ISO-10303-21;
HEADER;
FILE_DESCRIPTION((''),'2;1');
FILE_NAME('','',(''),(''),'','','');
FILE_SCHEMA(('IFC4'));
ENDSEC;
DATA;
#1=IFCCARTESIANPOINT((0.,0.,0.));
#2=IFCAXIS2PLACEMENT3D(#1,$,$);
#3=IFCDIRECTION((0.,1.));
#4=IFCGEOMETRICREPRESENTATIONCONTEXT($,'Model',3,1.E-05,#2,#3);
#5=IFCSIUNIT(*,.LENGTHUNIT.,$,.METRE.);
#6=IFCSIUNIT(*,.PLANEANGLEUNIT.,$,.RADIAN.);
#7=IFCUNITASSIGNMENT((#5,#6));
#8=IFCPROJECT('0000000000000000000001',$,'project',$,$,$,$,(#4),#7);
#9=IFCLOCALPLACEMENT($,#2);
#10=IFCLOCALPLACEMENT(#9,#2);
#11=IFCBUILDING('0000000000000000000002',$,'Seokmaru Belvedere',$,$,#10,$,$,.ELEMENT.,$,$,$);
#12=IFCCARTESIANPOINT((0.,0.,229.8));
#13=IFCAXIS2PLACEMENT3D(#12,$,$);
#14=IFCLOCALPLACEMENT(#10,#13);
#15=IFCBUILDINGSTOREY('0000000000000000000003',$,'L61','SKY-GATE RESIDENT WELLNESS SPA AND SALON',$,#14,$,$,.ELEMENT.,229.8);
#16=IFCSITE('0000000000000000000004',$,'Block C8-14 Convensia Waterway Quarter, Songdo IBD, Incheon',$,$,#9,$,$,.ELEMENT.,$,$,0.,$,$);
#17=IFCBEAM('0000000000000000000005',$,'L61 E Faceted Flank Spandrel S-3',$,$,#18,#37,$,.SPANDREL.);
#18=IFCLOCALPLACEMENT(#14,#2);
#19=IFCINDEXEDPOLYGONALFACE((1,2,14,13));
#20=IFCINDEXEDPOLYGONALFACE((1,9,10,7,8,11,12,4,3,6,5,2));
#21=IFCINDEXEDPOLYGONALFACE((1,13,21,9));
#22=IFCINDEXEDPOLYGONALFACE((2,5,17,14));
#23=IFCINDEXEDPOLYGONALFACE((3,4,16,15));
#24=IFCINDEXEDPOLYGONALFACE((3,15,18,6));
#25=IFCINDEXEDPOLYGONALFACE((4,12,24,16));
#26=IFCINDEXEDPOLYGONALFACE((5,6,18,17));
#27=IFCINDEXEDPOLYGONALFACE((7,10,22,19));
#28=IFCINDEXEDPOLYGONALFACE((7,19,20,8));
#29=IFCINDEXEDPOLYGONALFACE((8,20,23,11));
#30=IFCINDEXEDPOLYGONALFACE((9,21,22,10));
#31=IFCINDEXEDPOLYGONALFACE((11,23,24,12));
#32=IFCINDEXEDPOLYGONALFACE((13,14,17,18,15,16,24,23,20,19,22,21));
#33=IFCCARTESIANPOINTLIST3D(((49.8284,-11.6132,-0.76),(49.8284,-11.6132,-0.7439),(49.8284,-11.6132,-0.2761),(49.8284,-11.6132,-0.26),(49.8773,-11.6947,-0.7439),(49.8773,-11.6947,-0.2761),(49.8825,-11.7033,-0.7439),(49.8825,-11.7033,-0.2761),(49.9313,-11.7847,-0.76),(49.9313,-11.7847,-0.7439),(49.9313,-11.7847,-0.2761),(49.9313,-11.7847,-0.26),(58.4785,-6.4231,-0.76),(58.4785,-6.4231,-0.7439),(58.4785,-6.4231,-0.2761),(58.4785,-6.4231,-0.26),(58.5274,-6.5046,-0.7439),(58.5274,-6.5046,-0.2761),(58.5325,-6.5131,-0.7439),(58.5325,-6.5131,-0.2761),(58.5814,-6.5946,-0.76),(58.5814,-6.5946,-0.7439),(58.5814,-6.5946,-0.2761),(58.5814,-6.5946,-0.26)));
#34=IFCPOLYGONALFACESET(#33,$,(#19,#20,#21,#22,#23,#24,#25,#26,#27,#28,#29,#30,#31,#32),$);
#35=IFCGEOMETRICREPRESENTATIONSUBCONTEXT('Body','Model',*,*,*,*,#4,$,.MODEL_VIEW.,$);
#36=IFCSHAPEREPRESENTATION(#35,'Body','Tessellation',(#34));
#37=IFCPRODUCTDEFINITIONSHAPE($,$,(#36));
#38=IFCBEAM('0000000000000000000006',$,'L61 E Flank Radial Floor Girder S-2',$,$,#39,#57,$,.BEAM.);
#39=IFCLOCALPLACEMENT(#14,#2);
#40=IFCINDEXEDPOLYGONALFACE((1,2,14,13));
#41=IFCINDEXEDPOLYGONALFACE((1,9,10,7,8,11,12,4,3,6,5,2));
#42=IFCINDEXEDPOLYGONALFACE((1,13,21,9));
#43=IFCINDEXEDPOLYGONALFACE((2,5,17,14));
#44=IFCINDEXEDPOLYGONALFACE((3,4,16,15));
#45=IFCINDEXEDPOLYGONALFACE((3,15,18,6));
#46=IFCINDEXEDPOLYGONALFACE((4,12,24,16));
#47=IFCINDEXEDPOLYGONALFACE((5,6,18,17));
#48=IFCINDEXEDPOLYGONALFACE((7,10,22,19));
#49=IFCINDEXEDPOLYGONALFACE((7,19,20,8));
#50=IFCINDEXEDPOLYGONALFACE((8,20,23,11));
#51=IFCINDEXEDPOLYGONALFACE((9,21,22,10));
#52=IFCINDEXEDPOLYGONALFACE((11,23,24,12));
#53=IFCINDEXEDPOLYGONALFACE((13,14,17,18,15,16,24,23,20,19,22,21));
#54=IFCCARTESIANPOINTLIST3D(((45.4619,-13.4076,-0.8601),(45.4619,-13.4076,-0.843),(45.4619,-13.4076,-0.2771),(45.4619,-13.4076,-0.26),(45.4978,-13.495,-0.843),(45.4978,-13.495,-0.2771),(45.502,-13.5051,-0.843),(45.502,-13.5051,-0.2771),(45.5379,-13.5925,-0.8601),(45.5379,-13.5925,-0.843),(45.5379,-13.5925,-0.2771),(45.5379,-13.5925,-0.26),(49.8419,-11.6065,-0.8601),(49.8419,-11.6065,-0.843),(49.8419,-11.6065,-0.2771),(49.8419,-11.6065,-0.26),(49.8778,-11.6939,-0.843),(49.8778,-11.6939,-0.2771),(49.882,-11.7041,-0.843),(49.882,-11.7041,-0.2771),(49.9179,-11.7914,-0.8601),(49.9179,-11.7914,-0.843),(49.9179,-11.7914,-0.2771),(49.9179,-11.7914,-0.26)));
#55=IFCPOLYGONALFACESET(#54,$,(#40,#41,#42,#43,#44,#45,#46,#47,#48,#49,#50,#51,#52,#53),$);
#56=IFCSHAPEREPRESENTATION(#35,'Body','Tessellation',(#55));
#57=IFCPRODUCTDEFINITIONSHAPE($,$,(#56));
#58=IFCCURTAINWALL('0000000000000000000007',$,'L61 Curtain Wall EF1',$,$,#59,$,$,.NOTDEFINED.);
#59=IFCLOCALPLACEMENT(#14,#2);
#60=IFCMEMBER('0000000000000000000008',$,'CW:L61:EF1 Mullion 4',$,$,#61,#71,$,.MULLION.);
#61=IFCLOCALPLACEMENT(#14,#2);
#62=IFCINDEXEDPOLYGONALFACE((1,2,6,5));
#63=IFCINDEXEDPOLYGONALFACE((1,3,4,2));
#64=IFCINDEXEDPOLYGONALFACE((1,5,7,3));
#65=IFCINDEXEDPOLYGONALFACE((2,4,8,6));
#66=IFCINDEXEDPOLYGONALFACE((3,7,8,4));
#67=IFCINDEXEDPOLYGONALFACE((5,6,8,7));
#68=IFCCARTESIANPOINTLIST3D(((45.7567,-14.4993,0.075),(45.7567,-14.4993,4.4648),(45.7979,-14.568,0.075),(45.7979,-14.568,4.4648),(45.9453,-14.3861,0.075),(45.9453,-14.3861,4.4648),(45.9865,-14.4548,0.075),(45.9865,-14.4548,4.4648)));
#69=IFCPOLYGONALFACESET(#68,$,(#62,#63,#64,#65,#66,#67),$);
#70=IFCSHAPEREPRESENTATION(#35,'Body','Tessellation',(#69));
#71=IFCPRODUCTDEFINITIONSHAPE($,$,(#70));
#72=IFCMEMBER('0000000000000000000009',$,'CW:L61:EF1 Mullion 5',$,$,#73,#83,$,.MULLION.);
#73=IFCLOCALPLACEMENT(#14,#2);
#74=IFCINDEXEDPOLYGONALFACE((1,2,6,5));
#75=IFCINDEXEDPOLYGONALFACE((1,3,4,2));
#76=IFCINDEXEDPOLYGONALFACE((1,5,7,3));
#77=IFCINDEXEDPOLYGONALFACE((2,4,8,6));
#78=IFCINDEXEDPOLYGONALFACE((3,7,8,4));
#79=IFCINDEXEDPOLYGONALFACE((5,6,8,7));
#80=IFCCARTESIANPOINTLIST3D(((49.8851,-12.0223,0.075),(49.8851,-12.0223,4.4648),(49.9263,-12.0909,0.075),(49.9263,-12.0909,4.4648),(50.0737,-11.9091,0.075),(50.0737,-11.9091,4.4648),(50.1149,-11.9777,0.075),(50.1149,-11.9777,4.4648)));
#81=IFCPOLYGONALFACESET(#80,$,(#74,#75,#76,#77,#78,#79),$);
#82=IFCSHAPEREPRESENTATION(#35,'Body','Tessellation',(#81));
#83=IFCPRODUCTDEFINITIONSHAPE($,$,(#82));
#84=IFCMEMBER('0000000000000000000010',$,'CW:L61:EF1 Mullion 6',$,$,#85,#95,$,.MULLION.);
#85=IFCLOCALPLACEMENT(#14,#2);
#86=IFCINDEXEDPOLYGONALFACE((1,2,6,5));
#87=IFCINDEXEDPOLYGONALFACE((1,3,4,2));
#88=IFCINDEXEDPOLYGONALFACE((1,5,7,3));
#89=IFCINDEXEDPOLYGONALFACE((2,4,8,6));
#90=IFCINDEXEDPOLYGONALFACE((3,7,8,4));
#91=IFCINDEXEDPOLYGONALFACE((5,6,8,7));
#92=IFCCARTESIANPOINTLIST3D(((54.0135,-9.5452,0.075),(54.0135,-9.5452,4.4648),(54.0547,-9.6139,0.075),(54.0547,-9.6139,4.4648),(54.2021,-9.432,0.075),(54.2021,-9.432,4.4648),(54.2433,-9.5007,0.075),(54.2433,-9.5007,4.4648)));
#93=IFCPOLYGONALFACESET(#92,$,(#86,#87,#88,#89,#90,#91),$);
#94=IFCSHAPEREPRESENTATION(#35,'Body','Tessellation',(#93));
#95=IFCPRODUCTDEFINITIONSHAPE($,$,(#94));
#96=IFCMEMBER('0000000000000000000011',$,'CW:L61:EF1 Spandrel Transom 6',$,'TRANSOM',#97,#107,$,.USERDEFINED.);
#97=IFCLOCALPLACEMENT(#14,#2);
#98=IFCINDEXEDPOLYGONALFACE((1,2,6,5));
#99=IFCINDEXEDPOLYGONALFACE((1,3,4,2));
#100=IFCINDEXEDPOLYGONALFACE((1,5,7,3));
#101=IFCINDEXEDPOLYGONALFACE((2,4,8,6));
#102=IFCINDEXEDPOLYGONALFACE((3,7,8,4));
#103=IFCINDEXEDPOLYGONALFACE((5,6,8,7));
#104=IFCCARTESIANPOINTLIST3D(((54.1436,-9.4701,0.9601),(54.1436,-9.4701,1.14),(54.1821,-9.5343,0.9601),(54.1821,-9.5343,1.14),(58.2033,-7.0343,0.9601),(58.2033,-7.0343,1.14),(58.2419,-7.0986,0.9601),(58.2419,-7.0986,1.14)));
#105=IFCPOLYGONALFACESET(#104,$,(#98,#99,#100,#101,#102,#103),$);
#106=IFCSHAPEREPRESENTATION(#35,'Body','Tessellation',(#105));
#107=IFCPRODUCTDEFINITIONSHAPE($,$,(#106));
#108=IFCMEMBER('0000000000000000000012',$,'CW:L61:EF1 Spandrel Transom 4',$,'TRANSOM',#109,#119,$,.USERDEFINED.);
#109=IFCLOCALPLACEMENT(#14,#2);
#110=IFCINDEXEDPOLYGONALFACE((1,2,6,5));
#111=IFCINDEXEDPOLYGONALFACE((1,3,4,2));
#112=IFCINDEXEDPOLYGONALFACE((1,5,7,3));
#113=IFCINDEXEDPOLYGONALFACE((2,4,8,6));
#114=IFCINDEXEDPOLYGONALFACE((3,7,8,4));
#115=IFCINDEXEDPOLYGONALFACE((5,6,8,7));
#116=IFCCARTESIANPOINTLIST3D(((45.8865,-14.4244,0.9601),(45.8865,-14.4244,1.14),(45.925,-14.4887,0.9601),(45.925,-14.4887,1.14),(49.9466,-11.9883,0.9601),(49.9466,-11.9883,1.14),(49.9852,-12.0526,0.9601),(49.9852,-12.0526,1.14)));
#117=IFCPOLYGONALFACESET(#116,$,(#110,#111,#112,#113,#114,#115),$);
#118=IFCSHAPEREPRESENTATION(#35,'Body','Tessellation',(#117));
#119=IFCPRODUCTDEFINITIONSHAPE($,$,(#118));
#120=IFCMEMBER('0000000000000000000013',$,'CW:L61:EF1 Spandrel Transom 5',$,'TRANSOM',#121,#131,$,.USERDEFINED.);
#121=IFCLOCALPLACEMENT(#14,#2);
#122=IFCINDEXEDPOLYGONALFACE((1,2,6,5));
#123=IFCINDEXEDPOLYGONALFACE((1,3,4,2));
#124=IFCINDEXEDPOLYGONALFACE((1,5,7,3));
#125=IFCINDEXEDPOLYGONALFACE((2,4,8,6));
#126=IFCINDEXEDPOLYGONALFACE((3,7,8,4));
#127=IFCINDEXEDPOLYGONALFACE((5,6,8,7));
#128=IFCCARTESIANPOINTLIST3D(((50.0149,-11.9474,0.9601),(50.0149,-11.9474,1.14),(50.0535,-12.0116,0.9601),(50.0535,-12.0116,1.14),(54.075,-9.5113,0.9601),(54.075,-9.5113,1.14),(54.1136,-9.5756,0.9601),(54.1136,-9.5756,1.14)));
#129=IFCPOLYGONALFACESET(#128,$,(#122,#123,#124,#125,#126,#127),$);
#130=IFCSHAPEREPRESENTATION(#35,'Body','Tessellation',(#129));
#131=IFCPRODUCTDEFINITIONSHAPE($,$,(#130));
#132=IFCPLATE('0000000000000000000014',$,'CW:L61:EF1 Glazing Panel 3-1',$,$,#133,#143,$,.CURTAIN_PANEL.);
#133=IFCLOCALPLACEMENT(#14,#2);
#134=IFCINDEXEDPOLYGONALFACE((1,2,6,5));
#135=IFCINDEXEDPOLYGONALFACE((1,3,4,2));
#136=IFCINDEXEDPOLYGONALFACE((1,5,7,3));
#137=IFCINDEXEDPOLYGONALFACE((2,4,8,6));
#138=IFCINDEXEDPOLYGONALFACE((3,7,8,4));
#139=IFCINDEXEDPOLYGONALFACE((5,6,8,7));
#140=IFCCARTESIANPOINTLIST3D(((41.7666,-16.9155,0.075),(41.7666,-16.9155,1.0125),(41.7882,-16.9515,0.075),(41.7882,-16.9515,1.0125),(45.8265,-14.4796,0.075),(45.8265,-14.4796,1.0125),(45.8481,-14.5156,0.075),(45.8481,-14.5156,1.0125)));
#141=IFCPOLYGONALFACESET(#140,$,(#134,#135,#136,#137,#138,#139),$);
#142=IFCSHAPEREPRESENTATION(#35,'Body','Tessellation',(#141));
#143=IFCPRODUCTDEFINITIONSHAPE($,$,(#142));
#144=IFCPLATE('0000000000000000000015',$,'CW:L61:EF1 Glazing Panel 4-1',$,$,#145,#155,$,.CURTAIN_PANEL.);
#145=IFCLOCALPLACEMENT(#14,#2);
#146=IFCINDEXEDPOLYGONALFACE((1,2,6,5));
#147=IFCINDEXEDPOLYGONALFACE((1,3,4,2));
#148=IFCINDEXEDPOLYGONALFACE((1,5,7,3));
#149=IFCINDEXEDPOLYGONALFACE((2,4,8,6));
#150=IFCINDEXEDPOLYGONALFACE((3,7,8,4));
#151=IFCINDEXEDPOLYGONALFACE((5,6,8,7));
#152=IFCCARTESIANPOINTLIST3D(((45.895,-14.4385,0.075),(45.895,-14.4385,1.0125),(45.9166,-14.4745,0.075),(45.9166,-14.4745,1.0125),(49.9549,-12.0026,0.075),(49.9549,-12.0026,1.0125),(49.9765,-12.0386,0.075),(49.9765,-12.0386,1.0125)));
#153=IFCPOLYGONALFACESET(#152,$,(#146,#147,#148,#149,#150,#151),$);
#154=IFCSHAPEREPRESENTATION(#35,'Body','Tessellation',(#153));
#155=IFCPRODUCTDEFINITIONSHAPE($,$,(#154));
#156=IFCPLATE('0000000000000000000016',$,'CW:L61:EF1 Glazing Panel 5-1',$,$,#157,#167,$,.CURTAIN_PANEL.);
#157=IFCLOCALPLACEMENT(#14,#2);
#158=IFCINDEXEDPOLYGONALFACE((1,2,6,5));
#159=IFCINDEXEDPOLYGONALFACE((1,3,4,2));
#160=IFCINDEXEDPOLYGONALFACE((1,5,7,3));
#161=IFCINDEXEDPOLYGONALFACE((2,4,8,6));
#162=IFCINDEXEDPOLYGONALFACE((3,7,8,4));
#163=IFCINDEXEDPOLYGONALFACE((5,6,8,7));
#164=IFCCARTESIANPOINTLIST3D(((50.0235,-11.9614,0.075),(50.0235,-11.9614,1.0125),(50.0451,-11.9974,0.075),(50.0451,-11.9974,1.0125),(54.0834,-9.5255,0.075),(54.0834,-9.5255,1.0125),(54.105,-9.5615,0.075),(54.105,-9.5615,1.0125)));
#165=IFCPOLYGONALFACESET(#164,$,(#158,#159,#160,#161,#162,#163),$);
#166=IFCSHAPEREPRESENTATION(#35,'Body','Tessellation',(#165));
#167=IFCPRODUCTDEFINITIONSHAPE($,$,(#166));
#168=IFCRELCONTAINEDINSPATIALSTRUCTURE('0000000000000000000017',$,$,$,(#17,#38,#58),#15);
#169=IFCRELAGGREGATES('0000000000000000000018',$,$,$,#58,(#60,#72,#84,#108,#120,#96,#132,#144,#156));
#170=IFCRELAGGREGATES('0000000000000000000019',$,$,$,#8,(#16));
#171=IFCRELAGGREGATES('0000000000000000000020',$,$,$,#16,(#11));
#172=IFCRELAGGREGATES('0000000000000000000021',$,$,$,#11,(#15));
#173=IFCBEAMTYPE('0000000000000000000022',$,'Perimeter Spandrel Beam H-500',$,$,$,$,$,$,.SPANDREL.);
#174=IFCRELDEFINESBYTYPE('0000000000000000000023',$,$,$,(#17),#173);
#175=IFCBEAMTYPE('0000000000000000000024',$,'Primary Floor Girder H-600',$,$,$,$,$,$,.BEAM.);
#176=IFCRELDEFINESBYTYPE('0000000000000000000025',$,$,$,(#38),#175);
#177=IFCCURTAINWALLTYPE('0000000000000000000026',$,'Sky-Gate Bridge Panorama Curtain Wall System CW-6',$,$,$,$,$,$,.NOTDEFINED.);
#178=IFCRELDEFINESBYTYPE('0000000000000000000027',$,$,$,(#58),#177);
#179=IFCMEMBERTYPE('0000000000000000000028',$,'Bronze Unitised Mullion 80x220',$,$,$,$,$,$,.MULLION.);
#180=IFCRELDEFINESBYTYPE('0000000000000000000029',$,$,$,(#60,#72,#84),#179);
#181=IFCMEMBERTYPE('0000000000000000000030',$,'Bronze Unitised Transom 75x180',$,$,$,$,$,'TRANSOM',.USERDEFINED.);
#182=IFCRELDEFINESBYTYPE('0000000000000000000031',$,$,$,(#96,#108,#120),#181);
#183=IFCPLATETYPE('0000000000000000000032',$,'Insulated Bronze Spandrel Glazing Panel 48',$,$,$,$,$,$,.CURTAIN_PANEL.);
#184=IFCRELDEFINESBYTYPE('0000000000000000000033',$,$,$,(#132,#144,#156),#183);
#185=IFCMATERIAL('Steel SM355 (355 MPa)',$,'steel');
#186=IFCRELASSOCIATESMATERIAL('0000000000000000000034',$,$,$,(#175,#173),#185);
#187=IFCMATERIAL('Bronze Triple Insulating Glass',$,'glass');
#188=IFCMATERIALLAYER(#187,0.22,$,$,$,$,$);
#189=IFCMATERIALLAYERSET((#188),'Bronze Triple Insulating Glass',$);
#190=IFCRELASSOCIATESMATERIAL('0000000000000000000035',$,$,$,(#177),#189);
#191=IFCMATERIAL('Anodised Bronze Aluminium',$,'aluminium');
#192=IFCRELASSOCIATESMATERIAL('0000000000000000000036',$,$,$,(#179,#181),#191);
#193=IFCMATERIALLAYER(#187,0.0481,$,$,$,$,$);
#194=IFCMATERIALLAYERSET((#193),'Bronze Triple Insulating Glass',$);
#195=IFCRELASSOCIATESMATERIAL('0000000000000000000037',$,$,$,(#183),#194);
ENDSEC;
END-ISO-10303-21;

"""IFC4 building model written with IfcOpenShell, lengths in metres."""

from ifc_helpers import new_model, si_unit, direction, frame, origin, origin_2d, place, context, subcontext, project, spatial, rectangle, i_section, extrude, source, transform, mapped, material, layer, layer_set, material_profile, profile_set, type_object, type_shapes, element, aggregate, save


model = new_model("IFC4")

# Units and contexts
model_context = context("Model", 3, precision=1e-05, world=origin(), true_north=direction((0.0, 1.0)))
body_context = subcontext(model_context, "Body", "Model", "MODEL_VIEW")
ifc_project = project(units=[si_unit("LENGTHUNIT", "METRE"), si_unit("PLANEANGLEUNIT", "RADIAN")], contexts=[model_context])

# Site, building, storey
site_placement = place(None, origin())
site = spatial("IfcSite", under=ifc_project, at=site_placement, Name="Block C8-14 Convensia Waterway Quarter, Songdo IBD, Incheon", CompositionType="ELEMENT", RefElevation=0.0)
building_placement = place(site_placement, origin())
building = spatial("IfcBuilding", under=site, at=building_placement, Name="Seokmaru Belvedere", CompositionType="ELEMENT")
storey_placement = place(building_placement, frame((0.0, 0.0, 229.8)))
storey = spatial("IfcBuildingStorey", under=building, at=storey_placement, Name="L61", Description="SKY-GATE RESIDENT WELLNESS SPA AND SALON", CompositionType="ELEMENT", Elevation=229.8)

# Shared definitions
ifc_material_1 = material(Name="Steel SM355 (355 MPa)", Category="steel")

# Beams
ifc_material_profile_1 = material_profile(ifc_material_1, i_section(OverallWidth=0.2, OverallDepth=0.6001, WebThickness=0.011, FlangeThickness=0.0171, at=origin_2d()), Name="H-600x200x11x17")
ifc_profile_set_1 = profile_set([ifc_material_profile_1], Name="Steel SM355 (355 MPa)")
beam_type_1 = type_object("IfcBeamType", Name="Primary Floor Girder H-600", PredefinedType="BEAM", material=ifc_profile_set_1)
ifc_material_profile_2 = material_profile(ifc_material_1, i_section(OverallWidth=0.2, OverallDepth=0.5, WebThickness=0.01, FlangeThickness=0.0161, at=origin_2d()), Name="H-500x200x10x16")
ifc_profile_set_2 = profile_set([ifc_material_profile_2], Name="Steel SM355 (355 MPa)")
beam_type_2 = type_object("IfcBeamType", Name="Perimeter Spandrel Beam H-500", PredefinedType="SPANDREL", material=ifc_profile_set_2)
shared_shape_1 = source(origin(), body_context, "Body", "SweptSolid", [
    extrude(i_section(OverallWidth=0.2, OverallDepth=0.5, WebThickness=0.01, FlangeThickness=0.0161, at=origin_2d()), origin(), (0.0, 0.0, 1.0), 10.0876),
])
type_shapes(beam_type_2, [shared_shape_1])
beam_1_placement = place(storey_placement, frame((49.8799, -11.699, -0.51), z_axis=(0.857489, 0.514503, 0.0), x_axis=(-0.514503, 0.857489, 0.0)))
element("IfcBeam", 1, at=beam_1_placement, inside=storey, type_object=beam_type_2, Name="L61 E Faceted Flank Spandrel S-3", PredefinedType="SPANDREL", context=body_context, shape_type="MappedRepresentation", body=[
    mapped(shared_shape_1, transform((0.0, 0.0, 0.0), scale=1.0)),
])
shared_shape_2 = source(origin(), body_context, "Body", "SweptSolid", [
    extrude(i_section(OverallWidth=0.2, OverallDepth=0.6001, WebThickness=0.011, FlangeThickness=0.0171, at=origin_2d()), origin(), (0.0, 0.0, 1.0), 4.7358),
])
beam_2_placement = place(storey_placement, frame((49.8799, -11.699, -0.5601), z_axis=(-0.924861, -0.380306, 0.0), x_axis=(0.380306, -0.924861, 0.0)))
element("IfcBeam", 2, at=beam_2_placement, inside=storey, type_object=beam_type_1, Name="L61 E Flank Radial Floor Girder S-2", PredefinedType="BEAM", context=body_context, shape_type="MappedRepresentation", body=[
    mapped(shared_shape_2, transform((0.0, 0.0, 0.0), scale=1.0)),
])

# Curtain wall, members, plates
ifc_material_2 = material(Name="Bronze Triple Insulating Glass", Category="glass")
ifc_layer_1 = layer(ifc_material_2, 0.22)
ifc_layer_set_1 = layer_set([ifc_layer_1], Name="Bronze Triple Insulating Glass")
curtain_wall_type = type_object("IfcCurtainWallType", Name="Sky-Gate Bridge Panorama Curtain Wall System CW-6", PredefinedType="NOTDEFINED", material=ifc_layer_set_1)
curtain_wall_placement = place(storey_placement, origin())
curtain_wall = element("IfcCurtainWall", 3, at=curtain_wall_placement, inside=storey, type_object=curtain_wall_type, Name="L61 Curtain Wall EF1", PredefinedType="NOTDEFINED")
ifc_material_3 = material(Name="Anodised Bronze Aluminium", Category="aluminium")
ifc_material_profile_3 = material_profile(ifc_material_3, rectangle(XDim=0.0801, YDim=0.22, at=origin_2d()), Name="CW-M-80x220")
ifc_profile_set_3 = profile_set([ifc_material_profile_3], Name="Anodised Bronze Aluminium")
member_type_1 = type_object("IfcMemberType", Name="Bronze Unitised Mullion 80x220", PredefinedType="MULLION", material=ifc_profile_set_3)
shared_shape_3 = source(origin(), body_context, "Body", "SweptSolid", [
    extrude(rectangle(XDim=0.0801, YDim=0.22, at=origin_2d()), origin(), (0.0, 0.0, 1.0), 4.3899),
])
type_shapes(member_type_1, [shared_shape_3])
member_1_placement = place(storey_placement, frame((45.8716, -14.4771, 0.075), z_axis=(0.0, 0.0, 1.0), x_axis=(-0.514495, 0.857493, 0.0)))
member_1 = element("IfcMember", 4, at=member_1_placement, type_object=member_type_1, Name="CW:L61:EF1 Mullion 4", PredefinedType="MULLION", context=body_context, shape_type="MappedRepresentation", body=[
    mapped(shared_shape_3, transform((0.0, 0.0, 0.0), scale=1.0)),
])
member_2_placement = place(storey_placement, frame((50.0, -12.0, 0.075), z_axis=(0.0, 0.0, 1.0), x_axis=(-0.514495, 0.857493, 0.0)))
member_2 = element("IfcMember", 5, at=member_2_placement, type_object=member_type_1, Name="CW:L61:EF1 Mullion 5", PredefinedType="MULLION", context=body_context, shape_type="MappedRepresentation", body=[
    mapped(shared_shape_3, transform((0.0, 0.0, 0.0), scale=1.0)),
])
member_3_placement = place(storey_placement, frame((54.1284, -9.5229, 0.075), z_axis=(0.0, 0.0, 1.0), x_axis=(-0.514495, 0.857493, 0.0)))
member_3 = element("IfcMember", 6, at=member_3_placement, type_object=member_type_1, Name="CW:L61:EF1 Mullion 6", PredefinedType="MULLION", context=body_context, shape_type="MappedRepresentation", body=[
    mapped(shared_shape_3, transform((0.0, 0.0, 0.0), scale=1.0)),
])
ifc_material_profile_4 = material_profile(ifc_material_3, rectangle(XDim=0.075, YDim=0.1799, at=origin_2d()), Name="CW-T-75x180")
ifc_profile_set_4 = profile_set([ifc_material_profile_4], Name="Anodised Bronze Aluminium")
member_type_2 = type_object("IfcMemberType", Name="Bronze Unitised Transom 75x180", ElementType="TRANSOM", PredefinedType="USERDEFINED", material=ifc_profile_set_4)
shared_shape_4 = source(origin(), body_context, "Body", "SweptSolid", [
    extrude(rectangle(XDim=0.075, YDim=0.1799, at=origin_2d()), origin(), (0.0, 0.0, 1.0), 4.7344),
])
member_4_placement = place(storey_placement, frame((54.1628, -9.5022, 1.05), z_axis=(0.857502, 0.514481, 0.0), x_axis=(-0.514481, 0.857502, 0.0)))
member_4 = element("IfcMember", 7, at=member_4_placement, type_object=member_type_2, Name="CW:L61:EF1 Spandrel Transom 6", ObjectType="TRANSOM", PredefinedType="USERDEFINED", context=body_context, shape_type="MappedRepresentation", body=[
    mapped(shared_shape_4, transform((0.0, 0.0, 0.0), scale=1.0)),
])
shared_shape_5 = source(origin(), body_context, "Body", "SweptSolid", [
    extrude(rectangle(XDim=0.075, YDim=0.1799, at=origin_2d()), origin(), (0.0, 0.0, 1.0), 4.7349),
])
type_shapes(member_type_2, [shared_shape_4, shared_shape_5])
member_5_placement = place(storey_placement, frame((45.9058, -14.4565, 1.05), z_axis=(0.857493, 0.514496, 0.0), x_axis=(-0.514496, 0.857493, 0.0)))
member_5 = element("IfcMember", 8, at=member_5_placement, type_object=member_type_2, Name="CW:L61:EF1 Spandrel Transom 4", ObjectType="TRANSOM", PredefinedType="USERDEFINED", context=body_context, shape_type="MappedRepresentation", body=[
    mapped(shared_shape_5, transform((0.0, 0.0, 0.0), scale=1.0)),
])
member_6_placement = place(storey_placement, frame((50.0342, -11.9795, 1.05), z_axis=(0.857493, 0.514496, 0.0), x_axis=(-0.514496, 0.857493, 0.0)))
member_6 = element("IfcMember", 9, at=member_6_placement, type_object=member_type_2, Name="CW:L61:EF1 Spandrel Transom 5", ObjectType="TRANSOM", PredefinedType="USERDEFINED", context=body_context, shape_type="MappedRepresentation", body=[
    mapped(shared_shape_5, transform((0.0, 0.0, 0.0), scale=1.0)),
])
ifc_layer_2 = layer(ifc_material_2, 0.0481)
ifc_layer_set_2 = layer_set([ifc_layer_2], Name="Bronze Triple Insulating Glass")
plate_type_1 = type_object("IfcPlateType", Name="Insulated Bronze Spandrel Glazing Panel 48", PredefinedType="CURTAIN_PANEL", material=ifc_layer_set_2)
shared_shape_6 = source(origin(), body_context, "Body", "SweptSolid", [
    extrude(rectangle(XDim=4.7346, YDim=0.042, at=origin_2d()), origin(), (0.0, 0.0, 1.0), 0.9375),
])
type_shapes(plate_type_1, [shared_shape_6])
plate_1_placement = place(storey_placement, frame((43.8074, -15.7156, 0.075), z_axis=(0.0, 0.0, 1.0), x_axis=(0.857493, 0.514495, 0.0)))
plate_1 = element("IfcPlate", 10, at=plate_1_placement, type_object=plate_type_1, Name="CW:L61:EF1 Glazing Panel 3-1", PredefinedType="CURTAIN_PANEL", context=body_context, shape_type="MappedRepresentation", body=[
    mapped(shared_shape_6, transform((0.0, 0.0, 0.0), scale=1.0)),
])
plate_2_placement = place(storey_placement, frame((47.9358, -13.2385, 0.075), z_axis=(0.0, 0.0, 1.0), x_axis=(0.857493, 0.514495, 0.0)))
plate_2 = element("IfcPlate", 11, at=plate_2_placement, type_object=plate_type_1, Name="CW:L61:EF1 Glazing Panel 4-1", PredefinedType="CURTAIN_PANEL", context=body_context, shape_type="MappedRepresentation", body=[
    mapped(shared_shape_6, transform((0.0, 0.0, 0.0), scale=1.0)),
])
plate_3_placement = place(storey_placement, frame((52.0642, -10.7615, 0.075), z_axis=(0.0, 0.0, 1.0), x_axis=(0.857493, 0.514495, 0.0)))
plate_3 = element("IfcPlate", 12, at=plate_3_placement, type_object=plate_type_1, Name="CW:L61:EF1 Glazing Panel 5-1", PredefinedType="CURTAIN_PANEL", context=body_context, shape_type="MappedRepresentation", body=[
    mapped(shared_shape_6, transform((0.0, 0.0, 0.0), scale=1.0)),
])
aggregate(curtain_wall, [member_1, member_2, member_3, member_5, member_6, member_4, plate_1, plate_2, plate_3])

save(model, "model.ifc")
